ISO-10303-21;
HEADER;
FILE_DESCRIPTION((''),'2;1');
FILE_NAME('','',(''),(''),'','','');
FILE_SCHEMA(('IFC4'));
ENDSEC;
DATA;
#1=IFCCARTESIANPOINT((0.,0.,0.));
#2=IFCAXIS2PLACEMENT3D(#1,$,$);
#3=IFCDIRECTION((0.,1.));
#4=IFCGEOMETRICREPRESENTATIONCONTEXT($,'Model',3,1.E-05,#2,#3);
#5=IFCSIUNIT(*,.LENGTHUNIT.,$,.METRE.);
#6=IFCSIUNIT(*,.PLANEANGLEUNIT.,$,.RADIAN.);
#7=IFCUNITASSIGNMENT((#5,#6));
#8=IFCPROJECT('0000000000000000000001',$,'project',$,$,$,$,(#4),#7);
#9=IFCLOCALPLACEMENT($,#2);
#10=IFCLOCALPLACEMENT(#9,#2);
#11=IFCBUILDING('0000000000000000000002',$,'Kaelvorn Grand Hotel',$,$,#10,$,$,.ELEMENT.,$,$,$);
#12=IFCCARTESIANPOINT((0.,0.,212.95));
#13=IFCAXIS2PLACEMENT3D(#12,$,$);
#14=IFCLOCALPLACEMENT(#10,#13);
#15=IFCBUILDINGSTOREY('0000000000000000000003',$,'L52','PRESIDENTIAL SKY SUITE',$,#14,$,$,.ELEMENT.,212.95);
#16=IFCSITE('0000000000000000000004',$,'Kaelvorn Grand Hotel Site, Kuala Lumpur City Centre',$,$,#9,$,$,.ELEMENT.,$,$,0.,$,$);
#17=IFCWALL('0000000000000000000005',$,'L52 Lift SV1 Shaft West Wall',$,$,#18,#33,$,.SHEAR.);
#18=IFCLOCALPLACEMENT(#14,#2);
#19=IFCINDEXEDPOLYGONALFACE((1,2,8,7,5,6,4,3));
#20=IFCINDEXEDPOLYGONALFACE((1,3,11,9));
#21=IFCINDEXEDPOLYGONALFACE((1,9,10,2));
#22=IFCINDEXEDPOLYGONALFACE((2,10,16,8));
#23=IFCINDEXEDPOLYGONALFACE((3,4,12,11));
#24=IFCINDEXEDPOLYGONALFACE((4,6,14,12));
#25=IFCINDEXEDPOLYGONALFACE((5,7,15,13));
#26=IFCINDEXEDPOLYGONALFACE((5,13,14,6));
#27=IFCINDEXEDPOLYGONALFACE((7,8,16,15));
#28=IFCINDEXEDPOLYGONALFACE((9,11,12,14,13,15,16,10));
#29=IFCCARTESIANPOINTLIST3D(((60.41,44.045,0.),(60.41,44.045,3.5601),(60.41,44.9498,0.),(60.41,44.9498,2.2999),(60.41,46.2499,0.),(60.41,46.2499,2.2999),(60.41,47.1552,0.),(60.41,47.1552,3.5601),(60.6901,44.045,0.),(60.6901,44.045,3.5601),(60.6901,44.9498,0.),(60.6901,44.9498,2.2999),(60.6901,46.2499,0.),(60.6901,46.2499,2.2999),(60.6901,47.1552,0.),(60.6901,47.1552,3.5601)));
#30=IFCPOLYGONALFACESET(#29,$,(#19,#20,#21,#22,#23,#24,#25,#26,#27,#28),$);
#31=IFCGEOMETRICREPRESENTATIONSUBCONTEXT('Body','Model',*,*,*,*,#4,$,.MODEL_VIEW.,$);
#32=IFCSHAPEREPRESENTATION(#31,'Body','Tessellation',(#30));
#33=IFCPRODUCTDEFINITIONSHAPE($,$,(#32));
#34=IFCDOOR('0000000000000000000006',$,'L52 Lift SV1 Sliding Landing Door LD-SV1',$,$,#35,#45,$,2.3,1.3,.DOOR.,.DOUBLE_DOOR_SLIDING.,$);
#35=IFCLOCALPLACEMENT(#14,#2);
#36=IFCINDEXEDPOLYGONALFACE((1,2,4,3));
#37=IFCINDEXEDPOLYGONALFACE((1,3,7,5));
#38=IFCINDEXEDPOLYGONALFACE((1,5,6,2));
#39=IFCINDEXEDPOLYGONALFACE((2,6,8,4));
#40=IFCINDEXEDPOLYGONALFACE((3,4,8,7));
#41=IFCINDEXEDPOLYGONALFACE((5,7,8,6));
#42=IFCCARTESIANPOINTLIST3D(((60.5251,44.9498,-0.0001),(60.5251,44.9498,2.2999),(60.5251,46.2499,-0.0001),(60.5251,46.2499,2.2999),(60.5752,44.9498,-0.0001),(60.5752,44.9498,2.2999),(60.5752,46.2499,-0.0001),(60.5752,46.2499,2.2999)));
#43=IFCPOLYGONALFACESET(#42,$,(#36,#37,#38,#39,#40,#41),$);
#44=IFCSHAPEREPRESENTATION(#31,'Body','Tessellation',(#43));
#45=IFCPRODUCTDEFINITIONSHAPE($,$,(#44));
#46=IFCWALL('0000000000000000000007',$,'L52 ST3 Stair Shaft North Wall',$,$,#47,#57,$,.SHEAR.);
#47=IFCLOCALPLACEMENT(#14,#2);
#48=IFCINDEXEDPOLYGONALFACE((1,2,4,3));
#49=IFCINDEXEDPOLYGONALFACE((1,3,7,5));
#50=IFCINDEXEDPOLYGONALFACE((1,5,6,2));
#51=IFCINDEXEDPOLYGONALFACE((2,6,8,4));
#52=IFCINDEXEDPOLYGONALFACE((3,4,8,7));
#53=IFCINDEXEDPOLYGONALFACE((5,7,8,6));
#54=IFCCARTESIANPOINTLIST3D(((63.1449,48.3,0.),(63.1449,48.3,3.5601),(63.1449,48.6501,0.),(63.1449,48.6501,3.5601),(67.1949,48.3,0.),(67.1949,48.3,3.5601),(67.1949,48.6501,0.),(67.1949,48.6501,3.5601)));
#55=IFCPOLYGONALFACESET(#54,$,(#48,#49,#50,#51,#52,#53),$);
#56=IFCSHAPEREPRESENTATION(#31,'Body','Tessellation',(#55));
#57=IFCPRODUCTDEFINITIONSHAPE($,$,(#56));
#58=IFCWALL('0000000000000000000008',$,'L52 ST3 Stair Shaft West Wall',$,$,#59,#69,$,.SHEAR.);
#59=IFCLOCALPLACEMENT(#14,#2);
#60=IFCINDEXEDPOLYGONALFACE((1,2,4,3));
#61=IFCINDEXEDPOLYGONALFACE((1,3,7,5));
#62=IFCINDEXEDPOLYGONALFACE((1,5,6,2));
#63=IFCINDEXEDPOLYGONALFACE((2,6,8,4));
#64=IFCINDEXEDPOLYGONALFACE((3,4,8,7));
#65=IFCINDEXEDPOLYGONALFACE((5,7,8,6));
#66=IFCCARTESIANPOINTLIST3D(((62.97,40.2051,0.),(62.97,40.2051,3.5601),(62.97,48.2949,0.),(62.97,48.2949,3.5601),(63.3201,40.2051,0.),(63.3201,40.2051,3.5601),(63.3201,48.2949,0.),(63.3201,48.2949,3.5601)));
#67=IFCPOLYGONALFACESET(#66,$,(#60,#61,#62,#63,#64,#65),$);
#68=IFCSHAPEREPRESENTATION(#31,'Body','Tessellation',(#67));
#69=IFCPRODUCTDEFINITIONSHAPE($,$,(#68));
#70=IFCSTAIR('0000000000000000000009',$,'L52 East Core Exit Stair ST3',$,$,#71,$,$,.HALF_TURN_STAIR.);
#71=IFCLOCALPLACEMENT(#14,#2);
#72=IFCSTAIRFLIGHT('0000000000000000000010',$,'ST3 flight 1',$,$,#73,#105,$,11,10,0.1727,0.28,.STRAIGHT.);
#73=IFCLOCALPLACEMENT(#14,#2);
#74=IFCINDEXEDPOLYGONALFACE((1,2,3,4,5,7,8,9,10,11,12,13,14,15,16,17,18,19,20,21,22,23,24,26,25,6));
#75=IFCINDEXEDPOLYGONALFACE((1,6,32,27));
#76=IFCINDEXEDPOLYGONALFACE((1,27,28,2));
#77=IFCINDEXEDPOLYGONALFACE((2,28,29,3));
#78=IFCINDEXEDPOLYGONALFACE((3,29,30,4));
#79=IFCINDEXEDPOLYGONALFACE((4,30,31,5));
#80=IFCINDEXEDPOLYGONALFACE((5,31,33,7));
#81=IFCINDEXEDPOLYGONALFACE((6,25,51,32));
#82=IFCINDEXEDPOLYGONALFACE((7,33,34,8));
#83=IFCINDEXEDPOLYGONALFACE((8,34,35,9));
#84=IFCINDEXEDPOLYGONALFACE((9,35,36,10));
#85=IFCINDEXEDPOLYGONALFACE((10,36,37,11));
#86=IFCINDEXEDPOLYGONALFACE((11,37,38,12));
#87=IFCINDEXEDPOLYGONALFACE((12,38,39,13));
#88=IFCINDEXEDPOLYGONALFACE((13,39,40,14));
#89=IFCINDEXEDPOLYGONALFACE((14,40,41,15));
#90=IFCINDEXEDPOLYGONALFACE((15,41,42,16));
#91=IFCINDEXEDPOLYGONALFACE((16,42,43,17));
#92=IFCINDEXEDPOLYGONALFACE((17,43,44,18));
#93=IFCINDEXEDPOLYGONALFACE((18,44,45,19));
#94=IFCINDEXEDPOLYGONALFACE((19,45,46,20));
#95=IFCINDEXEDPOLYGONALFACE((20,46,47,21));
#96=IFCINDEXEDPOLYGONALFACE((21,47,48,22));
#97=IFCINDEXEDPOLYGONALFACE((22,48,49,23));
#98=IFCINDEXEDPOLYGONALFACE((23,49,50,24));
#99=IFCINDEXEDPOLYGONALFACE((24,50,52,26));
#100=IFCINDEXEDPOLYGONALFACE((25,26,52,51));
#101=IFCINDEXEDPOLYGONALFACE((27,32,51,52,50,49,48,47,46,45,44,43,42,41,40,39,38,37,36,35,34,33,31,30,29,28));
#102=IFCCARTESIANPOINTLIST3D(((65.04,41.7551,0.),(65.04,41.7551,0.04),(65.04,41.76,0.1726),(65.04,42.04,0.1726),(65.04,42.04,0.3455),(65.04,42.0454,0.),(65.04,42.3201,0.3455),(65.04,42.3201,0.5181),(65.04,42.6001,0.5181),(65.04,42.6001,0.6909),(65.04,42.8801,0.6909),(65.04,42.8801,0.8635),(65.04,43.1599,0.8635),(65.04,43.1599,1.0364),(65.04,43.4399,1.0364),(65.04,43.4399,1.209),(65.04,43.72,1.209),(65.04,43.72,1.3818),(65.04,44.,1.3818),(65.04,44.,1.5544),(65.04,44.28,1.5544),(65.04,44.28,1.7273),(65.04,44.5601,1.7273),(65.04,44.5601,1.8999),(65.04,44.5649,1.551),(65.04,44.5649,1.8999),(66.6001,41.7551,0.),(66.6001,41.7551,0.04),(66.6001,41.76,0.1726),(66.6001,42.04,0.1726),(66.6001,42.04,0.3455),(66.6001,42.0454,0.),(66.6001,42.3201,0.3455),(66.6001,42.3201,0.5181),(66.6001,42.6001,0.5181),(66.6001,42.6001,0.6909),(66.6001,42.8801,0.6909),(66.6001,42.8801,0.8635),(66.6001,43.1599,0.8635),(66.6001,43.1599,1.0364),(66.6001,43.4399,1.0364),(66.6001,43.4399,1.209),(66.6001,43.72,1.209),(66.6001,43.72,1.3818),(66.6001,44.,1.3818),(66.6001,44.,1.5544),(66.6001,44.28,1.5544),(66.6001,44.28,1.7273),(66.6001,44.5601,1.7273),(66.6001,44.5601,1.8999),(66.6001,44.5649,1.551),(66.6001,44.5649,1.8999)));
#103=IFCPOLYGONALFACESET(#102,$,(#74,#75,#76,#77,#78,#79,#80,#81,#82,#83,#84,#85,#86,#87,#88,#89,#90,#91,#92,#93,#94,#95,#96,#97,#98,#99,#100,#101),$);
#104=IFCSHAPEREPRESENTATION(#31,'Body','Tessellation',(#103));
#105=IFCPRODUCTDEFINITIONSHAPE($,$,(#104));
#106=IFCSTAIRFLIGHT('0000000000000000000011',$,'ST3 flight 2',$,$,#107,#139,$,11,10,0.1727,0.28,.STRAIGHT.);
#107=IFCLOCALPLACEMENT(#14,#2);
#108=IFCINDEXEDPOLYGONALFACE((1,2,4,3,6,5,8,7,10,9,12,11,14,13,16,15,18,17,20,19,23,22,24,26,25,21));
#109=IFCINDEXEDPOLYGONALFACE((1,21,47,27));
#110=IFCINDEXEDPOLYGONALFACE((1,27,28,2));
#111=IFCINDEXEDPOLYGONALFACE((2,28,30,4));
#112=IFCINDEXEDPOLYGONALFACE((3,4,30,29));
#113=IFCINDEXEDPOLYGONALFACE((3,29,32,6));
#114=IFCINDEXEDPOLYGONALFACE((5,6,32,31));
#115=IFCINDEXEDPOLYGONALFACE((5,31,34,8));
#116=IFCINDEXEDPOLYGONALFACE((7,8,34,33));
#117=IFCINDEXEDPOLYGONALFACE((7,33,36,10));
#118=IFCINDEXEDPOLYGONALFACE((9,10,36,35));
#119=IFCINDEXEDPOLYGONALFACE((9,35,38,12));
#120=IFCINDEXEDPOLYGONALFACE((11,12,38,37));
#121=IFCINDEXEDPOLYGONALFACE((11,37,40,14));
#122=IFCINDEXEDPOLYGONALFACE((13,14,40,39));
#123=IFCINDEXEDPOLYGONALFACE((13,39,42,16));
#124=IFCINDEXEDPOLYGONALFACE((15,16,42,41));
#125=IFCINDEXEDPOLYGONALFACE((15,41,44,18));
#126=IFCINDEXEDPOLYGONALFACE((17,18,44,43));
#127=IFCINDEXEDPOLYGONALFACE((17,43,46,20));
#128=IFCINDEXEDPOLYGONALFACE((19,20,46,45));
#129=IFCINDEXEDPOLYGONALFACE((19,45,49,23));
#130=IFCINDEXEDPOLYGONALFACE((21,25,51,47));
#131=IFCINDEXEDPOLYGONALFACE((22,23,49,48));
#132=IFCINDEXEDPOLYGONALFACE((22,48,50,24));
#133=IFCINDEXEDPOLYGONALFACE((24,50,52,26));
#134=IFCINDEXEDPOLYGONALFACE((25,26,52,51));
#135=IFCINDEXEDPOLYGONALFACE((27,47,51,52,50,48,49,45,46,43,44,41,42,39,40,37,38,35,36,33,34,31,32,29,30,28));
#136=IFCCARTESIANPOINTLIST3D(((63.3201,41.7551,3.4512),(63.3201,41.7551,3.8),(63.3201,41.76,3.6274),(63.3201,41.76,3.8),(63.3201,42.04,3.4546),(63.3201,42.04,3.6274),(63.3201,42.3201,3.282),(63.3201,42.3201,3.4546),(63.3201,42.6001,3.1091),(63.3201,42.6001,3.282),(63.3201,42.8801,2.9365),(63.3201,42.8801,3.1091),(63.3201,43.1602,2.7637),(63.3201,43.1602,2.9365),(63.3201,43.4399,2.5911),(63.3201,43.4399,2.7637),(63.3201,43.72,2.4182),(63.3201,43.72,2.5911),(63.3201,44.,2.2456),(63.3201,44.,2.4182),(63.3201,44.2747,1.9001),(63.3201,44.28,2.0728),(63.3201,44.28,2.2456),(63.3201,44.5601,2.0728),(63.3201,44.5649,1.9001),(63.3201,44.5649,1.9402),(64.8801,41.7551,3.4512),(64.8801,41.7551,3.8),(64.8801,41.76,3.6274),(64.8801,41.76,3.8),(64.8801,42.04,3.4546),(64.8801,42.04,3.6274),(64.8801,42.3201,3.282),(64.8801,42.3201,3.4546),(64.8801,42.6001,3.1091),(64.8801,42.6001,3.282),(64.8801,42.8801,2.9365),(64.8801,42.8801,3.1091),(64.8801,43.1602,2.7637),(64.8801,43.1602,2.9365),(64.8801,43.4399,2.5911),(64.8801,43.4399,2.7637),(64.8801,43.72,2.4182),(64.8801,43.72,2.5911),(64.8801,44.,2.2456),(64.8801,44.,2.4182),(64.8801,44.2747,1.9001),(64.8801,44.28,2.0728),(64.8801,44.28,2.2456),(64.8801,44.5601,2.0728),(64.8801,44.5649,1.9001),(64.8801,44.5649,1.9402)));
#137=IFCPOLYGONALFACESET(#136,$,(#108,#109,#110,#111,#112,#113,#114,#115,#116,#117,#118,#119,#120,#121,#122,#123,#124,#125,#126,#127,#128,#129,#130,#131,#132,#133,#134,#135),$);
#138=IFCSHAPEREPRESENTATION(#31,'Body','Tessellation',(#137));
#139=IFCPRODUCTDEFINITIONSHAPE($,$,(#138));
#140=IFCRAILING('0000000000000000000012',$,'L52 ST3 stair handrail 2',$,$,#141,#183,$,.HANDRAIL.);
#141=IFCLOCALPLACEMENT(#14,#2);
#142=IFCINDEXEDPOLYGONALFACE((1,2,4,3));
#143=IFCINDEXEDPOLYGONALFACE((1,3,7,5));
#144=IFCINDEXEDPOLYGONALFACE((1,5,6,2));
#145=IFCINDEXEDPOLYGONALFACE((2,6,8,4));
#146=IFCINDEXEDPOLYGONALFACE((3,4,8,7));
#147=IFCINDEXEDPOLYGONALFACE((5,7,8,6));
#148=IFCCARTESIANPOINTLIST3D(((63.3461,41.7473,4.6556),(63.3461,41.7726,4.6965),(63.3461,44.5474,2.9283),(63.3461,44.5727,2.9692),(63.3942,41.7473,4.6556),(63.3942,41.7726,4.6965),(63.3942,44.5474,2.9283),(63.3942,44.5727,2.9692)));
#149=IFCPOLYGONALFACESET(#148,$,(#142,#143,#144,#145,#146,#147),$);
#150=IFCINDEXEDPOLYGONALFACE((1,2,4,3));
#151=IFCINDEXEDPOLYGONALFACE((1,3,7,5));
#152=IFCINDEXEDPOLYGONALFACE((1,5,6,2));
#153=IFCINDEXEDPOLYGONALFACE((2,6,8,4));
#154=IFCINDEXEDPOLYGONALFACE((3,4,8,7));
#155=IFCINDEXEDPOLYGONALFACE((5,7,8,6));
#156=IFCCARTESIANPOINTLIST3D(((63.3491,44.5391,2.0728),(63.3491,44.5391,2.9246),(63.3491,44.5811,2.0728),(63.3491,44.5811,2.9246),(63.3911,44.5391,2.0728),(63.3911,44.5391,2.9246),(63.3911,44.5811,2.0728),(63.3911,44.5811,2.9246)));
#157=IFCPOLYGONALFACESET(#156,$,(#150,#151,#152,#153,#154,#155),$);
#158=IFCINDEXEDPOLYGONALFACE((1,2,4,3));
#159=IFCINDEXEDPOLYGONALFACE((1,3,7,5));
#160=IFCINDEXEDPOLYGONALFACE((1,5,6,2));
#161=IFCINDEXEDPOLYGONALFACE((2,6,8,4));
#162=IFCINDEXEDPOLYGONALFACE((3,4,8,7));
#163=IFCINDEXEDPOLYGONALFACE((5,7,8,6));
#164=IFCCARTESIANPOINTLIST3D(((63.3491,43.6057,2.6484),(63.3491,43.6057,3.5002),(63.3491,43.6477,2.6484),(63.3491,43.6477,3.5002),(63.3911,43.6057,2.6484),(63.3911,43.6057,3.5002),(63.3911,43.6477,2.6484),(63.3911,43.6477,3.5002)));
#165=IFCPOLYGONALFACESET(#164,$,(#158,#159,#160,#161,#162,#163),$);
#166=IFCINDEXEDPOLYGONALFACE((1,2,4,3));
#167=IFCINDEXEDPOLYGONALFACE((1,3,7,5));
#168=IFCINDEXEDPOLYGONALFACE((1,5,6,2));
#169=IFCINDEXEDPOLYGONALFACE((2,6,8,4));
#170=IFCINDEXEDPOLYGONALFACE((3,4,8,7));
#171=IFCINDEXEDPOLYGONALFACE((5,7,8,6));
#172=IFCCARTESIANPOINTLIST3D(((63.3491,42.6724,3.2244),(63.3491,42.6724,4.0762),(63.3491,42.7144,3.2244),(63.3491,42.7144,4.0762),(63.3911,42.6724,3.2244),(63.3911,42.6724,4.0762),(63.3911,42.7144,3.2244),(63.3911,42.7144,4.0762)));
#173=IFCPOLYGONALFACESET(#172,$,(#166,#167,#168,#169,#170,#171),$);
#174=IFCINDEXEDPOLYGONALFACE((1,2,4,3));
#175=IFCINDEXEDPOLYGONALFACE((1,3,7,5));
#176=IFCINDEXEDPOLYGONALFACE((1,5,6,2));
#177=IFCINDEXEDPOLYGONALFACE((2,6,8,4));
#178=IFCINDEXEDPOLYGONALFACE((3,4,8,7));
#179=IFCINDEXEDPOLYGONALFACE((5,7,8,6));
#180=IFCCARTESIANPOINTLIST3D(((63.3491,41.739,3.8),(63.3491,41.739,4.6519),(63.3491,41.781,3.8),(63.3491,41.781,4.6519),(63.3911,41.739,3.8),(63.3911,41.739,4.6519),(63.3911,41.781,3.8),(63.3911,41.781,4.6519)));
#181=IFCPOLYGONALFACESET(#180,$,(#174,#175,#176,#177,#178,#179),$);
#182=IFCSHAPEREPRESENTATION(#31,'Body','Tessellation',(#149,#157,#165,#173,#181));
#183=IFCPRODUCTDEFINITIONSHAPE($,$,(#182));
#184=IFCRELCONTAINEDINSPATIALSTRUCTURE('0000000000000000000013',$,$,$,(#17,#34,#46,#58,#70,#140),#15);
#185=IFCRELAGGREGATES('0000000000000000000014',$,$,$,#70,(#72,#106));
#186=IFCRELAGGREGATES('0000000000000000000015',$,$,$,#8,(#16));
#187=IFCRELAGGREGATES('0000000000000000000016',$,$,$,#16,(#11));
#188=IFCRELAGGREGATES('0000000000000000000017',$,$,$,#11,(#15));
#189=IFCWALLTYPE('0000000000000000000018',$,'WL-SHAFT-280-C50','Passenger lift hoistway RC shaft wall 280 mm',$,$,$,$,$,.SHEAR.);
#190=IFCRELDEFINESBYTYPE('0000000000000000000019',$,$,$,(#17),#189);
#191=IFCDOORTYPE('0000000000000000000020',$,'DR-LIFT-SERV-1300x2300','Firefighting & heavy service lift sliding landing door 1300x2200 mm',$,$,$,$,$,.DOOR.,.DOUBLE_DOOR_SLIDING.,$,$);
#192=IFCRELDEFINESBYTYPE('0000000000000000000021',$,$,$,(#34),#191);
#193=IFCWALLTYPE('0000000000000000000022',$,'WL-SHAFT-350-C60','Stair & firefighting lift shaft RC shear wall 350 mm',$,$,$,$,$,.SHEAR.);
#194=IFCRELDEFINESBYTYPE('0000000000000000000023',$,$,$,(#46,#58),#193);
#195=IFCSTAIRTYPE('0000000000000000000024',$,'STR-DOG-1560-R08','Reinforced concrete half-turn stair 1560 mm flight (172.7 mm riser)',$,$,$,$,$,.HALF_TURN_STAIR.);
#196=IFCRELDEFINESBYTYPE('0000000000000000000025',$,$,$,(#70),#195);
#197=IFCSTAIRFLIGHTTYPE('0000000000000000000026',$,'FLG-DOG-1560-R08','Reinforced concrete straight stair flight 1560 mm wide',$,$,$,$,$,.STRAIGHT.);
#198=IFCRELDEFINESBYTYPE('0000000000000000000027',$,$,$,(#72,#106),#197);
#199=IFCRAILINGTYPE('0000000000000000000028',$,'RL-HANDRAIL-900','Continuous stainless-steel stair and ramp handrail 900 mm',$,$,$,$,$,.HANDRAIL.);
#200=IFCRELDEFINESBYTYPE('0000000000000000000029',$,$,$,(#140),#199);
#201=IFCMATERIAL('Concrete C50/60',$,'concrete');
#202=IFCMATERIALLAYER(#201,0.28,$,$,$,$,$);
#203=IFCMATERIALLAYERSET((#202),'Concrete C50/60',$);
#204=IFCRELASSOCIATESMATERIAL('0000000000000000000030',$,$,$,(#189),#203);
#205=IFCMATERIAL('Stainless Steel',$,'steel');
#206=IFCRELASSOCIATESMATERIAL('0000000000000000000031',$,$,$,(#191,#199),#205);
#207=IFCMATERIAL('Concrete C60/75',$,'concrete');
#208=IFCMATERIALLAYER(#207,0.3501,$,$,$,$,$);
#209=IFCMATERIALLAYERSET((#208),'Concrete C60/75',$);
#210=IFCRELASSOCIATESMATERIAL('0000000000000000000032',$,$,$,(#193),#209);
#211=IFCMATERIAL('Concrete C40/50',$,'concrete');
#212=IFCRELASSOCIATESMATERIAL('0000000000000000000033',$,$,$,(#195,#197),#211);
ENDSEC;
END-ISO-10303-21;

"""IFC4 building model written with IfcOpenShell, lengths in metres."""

from ifc_helpers import new_model, si_unit, direction, frame, frame_2d, origin, origin_2d, place, context, subcontext, project, spatial, polyline, rectangle, outline, extrude, material, layer, layer_set, type_object, element, fill, aggregate, save


model = new_model("IFC4")

# Units and contexts
model_context = context("Model", 3, precision=1e-05, world=origin(), true_north=direction((0.0, 1.0)))
body_context = subcontext(model_context, "Body", "Model", "MODEL_VIEW")
ifc_project = project(units=[si_unit("LENGTHUNIT", "METRE"), si_unit("PLANEANGLEUNIT", "RADIAN")], contexts=[model_context])

# Site, building, storey
site_placement = place(None, origin())
site = spatial("IfcSite", under=ifc_project, at=site_placement, Name="Kaelvorn Grand Hotel Site, Kuala Lumpur City Centre", CompositionType="ELEMENT", RefElevation=0.0)
building_placement = place(site_placement, origin())
building = spatial("IfcBuilding", under=site, at=building_placement, Name="Kaelvorn Grand Hotel", CompositionType="ELEMENT")
storey_placement = place(building_placement, frame((0.0, 0.0, 212.95)))
storey = spatial("IfcBuildingStorey", under=building, at=storey_placement, Name="L52", Description="PRESIDENTIAL SKY SUITE", CompositionType="ELEMENT", Elevation=212.95)

# Shared definitions
ifc_material_1 = material(Name="Concrete C60/75", Category="concrete")

# Shared definitions
ifc_material_2 = material(Name="Concrete C50/60", Category="concrete")

# Shared definitions
ifc_material_3 = material(Name="Concrete C40/50", Category="concrete")

# Shared definitions
ifc_layer_1 = layer(ifc_material_2, 0.28)
ifc_layer_set_1 = layer_set([ifc_layer_1], Name="Concrete C50/60")
wall_type_1 = type_object("IfcWallType", Name="WL-SHAFT-280-C50", Description="Passenger lift hoistway RC shaft wall 280 mm", PredefinedType="SHEAR", material=ifc_layer_set_1)

# Shared definitions
ifc_material_4 = material(Name="Stainless Steel", Category="steel")
door_type_1 = type_object("IfcDoorType", Name="DR-LIFT-SERV-1300x2300", Description="Firefighting & heavy service lift sliding landing door 1300x2200 mm", OperationType="DOUBLE_DOOR_SLIDING", PredefinedType="DOOR", material=ifc_material_4)

# Wall, opening, door
wall_1_placement = place(storey_placement, frame((60.55, 44.0449, 0.0), z_axis=(0.0, 0.0, 1.0), x_axis=(0.0, 1.0, 0.0)))
wall_1 = element("IfcWall", 1, at=wall_1_placement, inside=storey, type_object=wall_type_1, Name="L52 Lift SV1 Shaft West Wall", PredefinedType="SHEAR", context=body_context, shape_type="SweptSolid", body=[
    extrude(rectangle(XDim=3.1101, YDim=0.28, at=frame_2d((1.5552, 0.0))), origin(), (0.0, 0.0, 1.0), 3.5601),
])
opening_1_placement = place(wall_1_placement, frame((0.905, 0.0, 0.0)))
opening_1 = element("IfcOpeningElement", 2, at=opening_1_placement, cuts=wall_1, PredefinedType="OPENING", context=body_context, shape_type="SweptSolid", body=[
    extrude(rectangle(XDim=1.3, YDim=2.3, at=frame_2d((0.6499, 1.1499))), frame((0.0, 0.1499, 0.0), z_axis=(0.0, -1.0, 0.0), x_axis=(1.0, 0.0, 0.0)), (0.0, 0.0, 1.0), 0.3),
])
door_1_placement = place(opening_1_placement, origin())
door_1 = element("IfcDoor", 3, at=door_1_placement, inside=storey, type_object=door_type_1, Name="L52 Lift SV1 Sliding Landing Door LD-SV1", OperationType="DOUBLE_DOOR_SLIDING", OverallHeight=2.3, OverallWidth=1.3, PredefinedType="DOOR", context=body_context, shape_type="SweptSolid", body=[
    extrude(rectangle(XDim=1.3, YDim=2.3, at=frame_2d((0.6499, 1.1499))), frame((0.0, 0.0249, 0.0), z_axis=(0.0, -1.0, 0.0), x_axis=(1.0, 0.0, 0.0)), (0.0, 0.0, 1.0), 0.05),
])
fill(opening_1, door_1)
ifc_layer_2 = layer(ifc_material_1, 0.3501)
ifc_layer_set_2 = layer_set([ifc_layer_2], Name="Concrete C60/75")
wall_type_2 = type_object("IfcWallType", Name="WL-SHAFT-350-C60", Description="Stair & firefighting lift shaft RC shear wall 350 mm", PredefinedType="SHEAR", material=ifc_layer_set_2)

# Walls
wall_2_placement = place(storey_placement, frame((63.145, 48.4751, 0.0), z_axis=(0.0, 0.0, 1.0), x_axis=(1.0, 0.0, 0.0)))
element("IfcWall", 4, at=wall_2_placement, inside=storey, type_object=wall_type_2, Name="L52 ST3 Stair Shaft North Wall", PredefinedType="SHEAR", context=body_context, shape_type="SweptSolid", body=[
    extrude(rectangle(XDim=4.05, YDim=0.3501, at=frame_2d((2.0249, 0.0))), origin(), (0.0, 0.0, 1.0), 3.5601),
])
wall_3_placement = place(storey_placement, frame((63.145, 40.2051, 0.0), z_axis=(0.0, 0.0, 1.0), x_axis=(0.0, 1.0, 0.0)))
element("IfcWall", 5, at=wall_3_placement, inside=storey, type_object=wall_type_2, Name="L52 ST3 Stair Shaft West Wall", PredefinedType="SHEAR", context=body_context, shape_type="SweptSolid", body=[
    extrude(rectangle(XDim=8.0898, YDim=0.3501, at=frame_2d((4.0449, 0.0))), origin(), (0.0, 0.0, 1.0), 3.5601),
])

# Stair, stair flights
stair_type = type_object("IfcStairType", Name="STR-DOG-1560-R08", Description="Reinforced concrete half-turn stair 1560 mm flight (172.7 mm riser)", PredefinedType="HALF_TURN_STAIR", material=ifc_material_3)
stair_placement = place(storey_placement, origin())
stair = element("IfcStair", 6, at=stair_placement, inside=storey, type_object=stair_type, Name="L52 East Core Exit Stair ST3", PredefinedType="HALF_TURN_STAIR")
stair_flight_type = type_object("IfcStairFlightType", Name="FLG-DOG-1560-R08", Description="Reinforced concrete straight stair flight 1560 mm wide", PredefinedType="STRAIGHT", material=ifc_material_3)
stair_flight_1_placement = place(storey_placement, frame((65.8201, 41.76, 0.0), z_axis=(0.0, 0.0, 1.0), x_axis=(0.0, 1.0, 0.0)))
stair_flight_1 = element("IfcStairFlight", 7, at=stair_flight_1_placement, type_object=stair_flight_type, Name="ST3 flight 1", NumberOfRisers=11, NumberOfTreads=10, PredefinedType="STRAIGHT", RiserHeight=0.1727, TreadLength=0.28, context=body_context, shape_type="SweptSolid", body=[
    extrude(outline(polyline([(-0.0049, 0.0), (-0.0049, 0.04), (0.0, 0.1726), (0.28, 0.1726), (0.28, 0.3455), (0.5601, 0.3455), (0.5601, 0.5181), (0.8401, 0.5181), (0.8401, 0.6909), (1.1201, 0.6909), (1.1201, 0.8635), (1.3999, 0.8635), (1.3999, 1.0364), (1.6799, 1.0364), (1.6799, 1.209), (1.96, 1.209), (1.96, 1.3818), (2.24, 1.3818), (2.24, 1.5544), (2.52, 1.5544), (2.52, 1.7273), (2.8, 1.7273), (2.8, 1.8999), (2.8049, 1.8999), (2.8049, 1.551), (0.2854, 0.0), (-0.0049, 0.0)])), frame((0.0, 0.78, 0.0), z_axis=(0.0, -1.0, 0.0), x_axis=(1.0, 0.0, 0.0)), (0.0, 0.0, 1.0), 1.5601),
])
stair_flight_2_placement = place(storey_placement, frame((64.1001, 44.5601, 1.9001), z_axis=(0.0, 0.0, 1.0), x_axis=(0.0, -1.0, 0.0)))
stair_flight_2 = element("IfcStairFlight", 8, at=stair_flight_2_placement, type_object=stair_flight_type, Name="ST3 flight 2", NumberOfRisers=11, NumberOfTreads=10, PredefinedType="STRAIGHT", RiserHeight=0.1727, TreadLength=0.28, context=body_context, shape_type="SweptSolid", body=[
    extrude(outline(polyline([(-0.0049, 0.0), (-0.0049, 0.04), (0.0, 0.1726), (0.28, 0.1726), (0.28, 0.3455), (0.5601, 0.3455), (0.5601, 0.5181), (0.8401, 0.5181), (0.8401, 0.6909), (1.1201, 0.6909), (1.1201, 0.8635), (1.3999, 0.8635), (1.3999, 1.0364), (1.6799, 1.0364), (1.6799, 1.209), (1.96, 1.209), (1.96, 1.3818), (2.24, 1.3818), (2.24, 1.5544), (2.52, 1.5544), (2.52, 1.7273), (2.8, 1.7273), (2.8, 1.8999), (2.8049, 1.8999), (2.8049, 1.551), (0.2854, 0.0), (-0.0049, 0.0)])), frame((0.0, 0.78, 0.0), z_axis=(0.0, -1.0, 0.0), x_axis=(1.0, 0.0, 0.0)), (0.0, 0.0, 1.0), 1.5601),
])
aggregate(stair, [stair_flight_1, stair_flight_2])

# Railing
railing_type_1 = type_object("IfcRailingType", Name="RL-HANDRAIL-900", Description="Continuous stainless-steel stair and ramp handrail 900 mm", PredefinedType="HANDRAIL", material=ifc_material_4)
railing_1_placement = place(storey_placement, frame((63.3701, 44.5601, 2.0728)))
element("IfcRailing", 9, at=railing_1_placement, inside=storey, type_object=railing_type_1, Name="L52 ST3 stair handrail 2", PredefinedType="HANDRAIL", context=body_context, shape_type="SweptSolid", body=[
    extrude(rectangle(XDim=0.0481, YDim=0.0481, at=origin_2d()), frame((0.0, 0.0, 0.876), z_axis=(0.0, -0.85109, 0.52502), x_axis=(1.0, 0.0, 0.0)), (0.0, 0.0, 1.0), 3.29),
    extrude(rectangle(XDim=0.042, YDim=0.042, at=origin_2d()), origin(), (0.0, 0.0, 1.0), 0.8518),
    extrude(rectangle(XDim=0.042, YDim=0.042, at=origin_2d()), frame((0.0, -0.9333, 0.5757)), (0.0, 0.0, 1.0), 0.8518),
    extrude(rectangle(XDim=0.042, YDim=0.042, at=origin_2d()), frame((0.0, -1.8667, 1.1516)), (0.0, 0.0, 1.0), 0.8518),
    extrude(rectangle(XDim=0.042, YDim=0.042, at=origin_2d()), frame((0.0, -2.8, 1.7273)), (0.0, 0.0, 1.0), 0.8518),
])

save(model, "model.ifc")
